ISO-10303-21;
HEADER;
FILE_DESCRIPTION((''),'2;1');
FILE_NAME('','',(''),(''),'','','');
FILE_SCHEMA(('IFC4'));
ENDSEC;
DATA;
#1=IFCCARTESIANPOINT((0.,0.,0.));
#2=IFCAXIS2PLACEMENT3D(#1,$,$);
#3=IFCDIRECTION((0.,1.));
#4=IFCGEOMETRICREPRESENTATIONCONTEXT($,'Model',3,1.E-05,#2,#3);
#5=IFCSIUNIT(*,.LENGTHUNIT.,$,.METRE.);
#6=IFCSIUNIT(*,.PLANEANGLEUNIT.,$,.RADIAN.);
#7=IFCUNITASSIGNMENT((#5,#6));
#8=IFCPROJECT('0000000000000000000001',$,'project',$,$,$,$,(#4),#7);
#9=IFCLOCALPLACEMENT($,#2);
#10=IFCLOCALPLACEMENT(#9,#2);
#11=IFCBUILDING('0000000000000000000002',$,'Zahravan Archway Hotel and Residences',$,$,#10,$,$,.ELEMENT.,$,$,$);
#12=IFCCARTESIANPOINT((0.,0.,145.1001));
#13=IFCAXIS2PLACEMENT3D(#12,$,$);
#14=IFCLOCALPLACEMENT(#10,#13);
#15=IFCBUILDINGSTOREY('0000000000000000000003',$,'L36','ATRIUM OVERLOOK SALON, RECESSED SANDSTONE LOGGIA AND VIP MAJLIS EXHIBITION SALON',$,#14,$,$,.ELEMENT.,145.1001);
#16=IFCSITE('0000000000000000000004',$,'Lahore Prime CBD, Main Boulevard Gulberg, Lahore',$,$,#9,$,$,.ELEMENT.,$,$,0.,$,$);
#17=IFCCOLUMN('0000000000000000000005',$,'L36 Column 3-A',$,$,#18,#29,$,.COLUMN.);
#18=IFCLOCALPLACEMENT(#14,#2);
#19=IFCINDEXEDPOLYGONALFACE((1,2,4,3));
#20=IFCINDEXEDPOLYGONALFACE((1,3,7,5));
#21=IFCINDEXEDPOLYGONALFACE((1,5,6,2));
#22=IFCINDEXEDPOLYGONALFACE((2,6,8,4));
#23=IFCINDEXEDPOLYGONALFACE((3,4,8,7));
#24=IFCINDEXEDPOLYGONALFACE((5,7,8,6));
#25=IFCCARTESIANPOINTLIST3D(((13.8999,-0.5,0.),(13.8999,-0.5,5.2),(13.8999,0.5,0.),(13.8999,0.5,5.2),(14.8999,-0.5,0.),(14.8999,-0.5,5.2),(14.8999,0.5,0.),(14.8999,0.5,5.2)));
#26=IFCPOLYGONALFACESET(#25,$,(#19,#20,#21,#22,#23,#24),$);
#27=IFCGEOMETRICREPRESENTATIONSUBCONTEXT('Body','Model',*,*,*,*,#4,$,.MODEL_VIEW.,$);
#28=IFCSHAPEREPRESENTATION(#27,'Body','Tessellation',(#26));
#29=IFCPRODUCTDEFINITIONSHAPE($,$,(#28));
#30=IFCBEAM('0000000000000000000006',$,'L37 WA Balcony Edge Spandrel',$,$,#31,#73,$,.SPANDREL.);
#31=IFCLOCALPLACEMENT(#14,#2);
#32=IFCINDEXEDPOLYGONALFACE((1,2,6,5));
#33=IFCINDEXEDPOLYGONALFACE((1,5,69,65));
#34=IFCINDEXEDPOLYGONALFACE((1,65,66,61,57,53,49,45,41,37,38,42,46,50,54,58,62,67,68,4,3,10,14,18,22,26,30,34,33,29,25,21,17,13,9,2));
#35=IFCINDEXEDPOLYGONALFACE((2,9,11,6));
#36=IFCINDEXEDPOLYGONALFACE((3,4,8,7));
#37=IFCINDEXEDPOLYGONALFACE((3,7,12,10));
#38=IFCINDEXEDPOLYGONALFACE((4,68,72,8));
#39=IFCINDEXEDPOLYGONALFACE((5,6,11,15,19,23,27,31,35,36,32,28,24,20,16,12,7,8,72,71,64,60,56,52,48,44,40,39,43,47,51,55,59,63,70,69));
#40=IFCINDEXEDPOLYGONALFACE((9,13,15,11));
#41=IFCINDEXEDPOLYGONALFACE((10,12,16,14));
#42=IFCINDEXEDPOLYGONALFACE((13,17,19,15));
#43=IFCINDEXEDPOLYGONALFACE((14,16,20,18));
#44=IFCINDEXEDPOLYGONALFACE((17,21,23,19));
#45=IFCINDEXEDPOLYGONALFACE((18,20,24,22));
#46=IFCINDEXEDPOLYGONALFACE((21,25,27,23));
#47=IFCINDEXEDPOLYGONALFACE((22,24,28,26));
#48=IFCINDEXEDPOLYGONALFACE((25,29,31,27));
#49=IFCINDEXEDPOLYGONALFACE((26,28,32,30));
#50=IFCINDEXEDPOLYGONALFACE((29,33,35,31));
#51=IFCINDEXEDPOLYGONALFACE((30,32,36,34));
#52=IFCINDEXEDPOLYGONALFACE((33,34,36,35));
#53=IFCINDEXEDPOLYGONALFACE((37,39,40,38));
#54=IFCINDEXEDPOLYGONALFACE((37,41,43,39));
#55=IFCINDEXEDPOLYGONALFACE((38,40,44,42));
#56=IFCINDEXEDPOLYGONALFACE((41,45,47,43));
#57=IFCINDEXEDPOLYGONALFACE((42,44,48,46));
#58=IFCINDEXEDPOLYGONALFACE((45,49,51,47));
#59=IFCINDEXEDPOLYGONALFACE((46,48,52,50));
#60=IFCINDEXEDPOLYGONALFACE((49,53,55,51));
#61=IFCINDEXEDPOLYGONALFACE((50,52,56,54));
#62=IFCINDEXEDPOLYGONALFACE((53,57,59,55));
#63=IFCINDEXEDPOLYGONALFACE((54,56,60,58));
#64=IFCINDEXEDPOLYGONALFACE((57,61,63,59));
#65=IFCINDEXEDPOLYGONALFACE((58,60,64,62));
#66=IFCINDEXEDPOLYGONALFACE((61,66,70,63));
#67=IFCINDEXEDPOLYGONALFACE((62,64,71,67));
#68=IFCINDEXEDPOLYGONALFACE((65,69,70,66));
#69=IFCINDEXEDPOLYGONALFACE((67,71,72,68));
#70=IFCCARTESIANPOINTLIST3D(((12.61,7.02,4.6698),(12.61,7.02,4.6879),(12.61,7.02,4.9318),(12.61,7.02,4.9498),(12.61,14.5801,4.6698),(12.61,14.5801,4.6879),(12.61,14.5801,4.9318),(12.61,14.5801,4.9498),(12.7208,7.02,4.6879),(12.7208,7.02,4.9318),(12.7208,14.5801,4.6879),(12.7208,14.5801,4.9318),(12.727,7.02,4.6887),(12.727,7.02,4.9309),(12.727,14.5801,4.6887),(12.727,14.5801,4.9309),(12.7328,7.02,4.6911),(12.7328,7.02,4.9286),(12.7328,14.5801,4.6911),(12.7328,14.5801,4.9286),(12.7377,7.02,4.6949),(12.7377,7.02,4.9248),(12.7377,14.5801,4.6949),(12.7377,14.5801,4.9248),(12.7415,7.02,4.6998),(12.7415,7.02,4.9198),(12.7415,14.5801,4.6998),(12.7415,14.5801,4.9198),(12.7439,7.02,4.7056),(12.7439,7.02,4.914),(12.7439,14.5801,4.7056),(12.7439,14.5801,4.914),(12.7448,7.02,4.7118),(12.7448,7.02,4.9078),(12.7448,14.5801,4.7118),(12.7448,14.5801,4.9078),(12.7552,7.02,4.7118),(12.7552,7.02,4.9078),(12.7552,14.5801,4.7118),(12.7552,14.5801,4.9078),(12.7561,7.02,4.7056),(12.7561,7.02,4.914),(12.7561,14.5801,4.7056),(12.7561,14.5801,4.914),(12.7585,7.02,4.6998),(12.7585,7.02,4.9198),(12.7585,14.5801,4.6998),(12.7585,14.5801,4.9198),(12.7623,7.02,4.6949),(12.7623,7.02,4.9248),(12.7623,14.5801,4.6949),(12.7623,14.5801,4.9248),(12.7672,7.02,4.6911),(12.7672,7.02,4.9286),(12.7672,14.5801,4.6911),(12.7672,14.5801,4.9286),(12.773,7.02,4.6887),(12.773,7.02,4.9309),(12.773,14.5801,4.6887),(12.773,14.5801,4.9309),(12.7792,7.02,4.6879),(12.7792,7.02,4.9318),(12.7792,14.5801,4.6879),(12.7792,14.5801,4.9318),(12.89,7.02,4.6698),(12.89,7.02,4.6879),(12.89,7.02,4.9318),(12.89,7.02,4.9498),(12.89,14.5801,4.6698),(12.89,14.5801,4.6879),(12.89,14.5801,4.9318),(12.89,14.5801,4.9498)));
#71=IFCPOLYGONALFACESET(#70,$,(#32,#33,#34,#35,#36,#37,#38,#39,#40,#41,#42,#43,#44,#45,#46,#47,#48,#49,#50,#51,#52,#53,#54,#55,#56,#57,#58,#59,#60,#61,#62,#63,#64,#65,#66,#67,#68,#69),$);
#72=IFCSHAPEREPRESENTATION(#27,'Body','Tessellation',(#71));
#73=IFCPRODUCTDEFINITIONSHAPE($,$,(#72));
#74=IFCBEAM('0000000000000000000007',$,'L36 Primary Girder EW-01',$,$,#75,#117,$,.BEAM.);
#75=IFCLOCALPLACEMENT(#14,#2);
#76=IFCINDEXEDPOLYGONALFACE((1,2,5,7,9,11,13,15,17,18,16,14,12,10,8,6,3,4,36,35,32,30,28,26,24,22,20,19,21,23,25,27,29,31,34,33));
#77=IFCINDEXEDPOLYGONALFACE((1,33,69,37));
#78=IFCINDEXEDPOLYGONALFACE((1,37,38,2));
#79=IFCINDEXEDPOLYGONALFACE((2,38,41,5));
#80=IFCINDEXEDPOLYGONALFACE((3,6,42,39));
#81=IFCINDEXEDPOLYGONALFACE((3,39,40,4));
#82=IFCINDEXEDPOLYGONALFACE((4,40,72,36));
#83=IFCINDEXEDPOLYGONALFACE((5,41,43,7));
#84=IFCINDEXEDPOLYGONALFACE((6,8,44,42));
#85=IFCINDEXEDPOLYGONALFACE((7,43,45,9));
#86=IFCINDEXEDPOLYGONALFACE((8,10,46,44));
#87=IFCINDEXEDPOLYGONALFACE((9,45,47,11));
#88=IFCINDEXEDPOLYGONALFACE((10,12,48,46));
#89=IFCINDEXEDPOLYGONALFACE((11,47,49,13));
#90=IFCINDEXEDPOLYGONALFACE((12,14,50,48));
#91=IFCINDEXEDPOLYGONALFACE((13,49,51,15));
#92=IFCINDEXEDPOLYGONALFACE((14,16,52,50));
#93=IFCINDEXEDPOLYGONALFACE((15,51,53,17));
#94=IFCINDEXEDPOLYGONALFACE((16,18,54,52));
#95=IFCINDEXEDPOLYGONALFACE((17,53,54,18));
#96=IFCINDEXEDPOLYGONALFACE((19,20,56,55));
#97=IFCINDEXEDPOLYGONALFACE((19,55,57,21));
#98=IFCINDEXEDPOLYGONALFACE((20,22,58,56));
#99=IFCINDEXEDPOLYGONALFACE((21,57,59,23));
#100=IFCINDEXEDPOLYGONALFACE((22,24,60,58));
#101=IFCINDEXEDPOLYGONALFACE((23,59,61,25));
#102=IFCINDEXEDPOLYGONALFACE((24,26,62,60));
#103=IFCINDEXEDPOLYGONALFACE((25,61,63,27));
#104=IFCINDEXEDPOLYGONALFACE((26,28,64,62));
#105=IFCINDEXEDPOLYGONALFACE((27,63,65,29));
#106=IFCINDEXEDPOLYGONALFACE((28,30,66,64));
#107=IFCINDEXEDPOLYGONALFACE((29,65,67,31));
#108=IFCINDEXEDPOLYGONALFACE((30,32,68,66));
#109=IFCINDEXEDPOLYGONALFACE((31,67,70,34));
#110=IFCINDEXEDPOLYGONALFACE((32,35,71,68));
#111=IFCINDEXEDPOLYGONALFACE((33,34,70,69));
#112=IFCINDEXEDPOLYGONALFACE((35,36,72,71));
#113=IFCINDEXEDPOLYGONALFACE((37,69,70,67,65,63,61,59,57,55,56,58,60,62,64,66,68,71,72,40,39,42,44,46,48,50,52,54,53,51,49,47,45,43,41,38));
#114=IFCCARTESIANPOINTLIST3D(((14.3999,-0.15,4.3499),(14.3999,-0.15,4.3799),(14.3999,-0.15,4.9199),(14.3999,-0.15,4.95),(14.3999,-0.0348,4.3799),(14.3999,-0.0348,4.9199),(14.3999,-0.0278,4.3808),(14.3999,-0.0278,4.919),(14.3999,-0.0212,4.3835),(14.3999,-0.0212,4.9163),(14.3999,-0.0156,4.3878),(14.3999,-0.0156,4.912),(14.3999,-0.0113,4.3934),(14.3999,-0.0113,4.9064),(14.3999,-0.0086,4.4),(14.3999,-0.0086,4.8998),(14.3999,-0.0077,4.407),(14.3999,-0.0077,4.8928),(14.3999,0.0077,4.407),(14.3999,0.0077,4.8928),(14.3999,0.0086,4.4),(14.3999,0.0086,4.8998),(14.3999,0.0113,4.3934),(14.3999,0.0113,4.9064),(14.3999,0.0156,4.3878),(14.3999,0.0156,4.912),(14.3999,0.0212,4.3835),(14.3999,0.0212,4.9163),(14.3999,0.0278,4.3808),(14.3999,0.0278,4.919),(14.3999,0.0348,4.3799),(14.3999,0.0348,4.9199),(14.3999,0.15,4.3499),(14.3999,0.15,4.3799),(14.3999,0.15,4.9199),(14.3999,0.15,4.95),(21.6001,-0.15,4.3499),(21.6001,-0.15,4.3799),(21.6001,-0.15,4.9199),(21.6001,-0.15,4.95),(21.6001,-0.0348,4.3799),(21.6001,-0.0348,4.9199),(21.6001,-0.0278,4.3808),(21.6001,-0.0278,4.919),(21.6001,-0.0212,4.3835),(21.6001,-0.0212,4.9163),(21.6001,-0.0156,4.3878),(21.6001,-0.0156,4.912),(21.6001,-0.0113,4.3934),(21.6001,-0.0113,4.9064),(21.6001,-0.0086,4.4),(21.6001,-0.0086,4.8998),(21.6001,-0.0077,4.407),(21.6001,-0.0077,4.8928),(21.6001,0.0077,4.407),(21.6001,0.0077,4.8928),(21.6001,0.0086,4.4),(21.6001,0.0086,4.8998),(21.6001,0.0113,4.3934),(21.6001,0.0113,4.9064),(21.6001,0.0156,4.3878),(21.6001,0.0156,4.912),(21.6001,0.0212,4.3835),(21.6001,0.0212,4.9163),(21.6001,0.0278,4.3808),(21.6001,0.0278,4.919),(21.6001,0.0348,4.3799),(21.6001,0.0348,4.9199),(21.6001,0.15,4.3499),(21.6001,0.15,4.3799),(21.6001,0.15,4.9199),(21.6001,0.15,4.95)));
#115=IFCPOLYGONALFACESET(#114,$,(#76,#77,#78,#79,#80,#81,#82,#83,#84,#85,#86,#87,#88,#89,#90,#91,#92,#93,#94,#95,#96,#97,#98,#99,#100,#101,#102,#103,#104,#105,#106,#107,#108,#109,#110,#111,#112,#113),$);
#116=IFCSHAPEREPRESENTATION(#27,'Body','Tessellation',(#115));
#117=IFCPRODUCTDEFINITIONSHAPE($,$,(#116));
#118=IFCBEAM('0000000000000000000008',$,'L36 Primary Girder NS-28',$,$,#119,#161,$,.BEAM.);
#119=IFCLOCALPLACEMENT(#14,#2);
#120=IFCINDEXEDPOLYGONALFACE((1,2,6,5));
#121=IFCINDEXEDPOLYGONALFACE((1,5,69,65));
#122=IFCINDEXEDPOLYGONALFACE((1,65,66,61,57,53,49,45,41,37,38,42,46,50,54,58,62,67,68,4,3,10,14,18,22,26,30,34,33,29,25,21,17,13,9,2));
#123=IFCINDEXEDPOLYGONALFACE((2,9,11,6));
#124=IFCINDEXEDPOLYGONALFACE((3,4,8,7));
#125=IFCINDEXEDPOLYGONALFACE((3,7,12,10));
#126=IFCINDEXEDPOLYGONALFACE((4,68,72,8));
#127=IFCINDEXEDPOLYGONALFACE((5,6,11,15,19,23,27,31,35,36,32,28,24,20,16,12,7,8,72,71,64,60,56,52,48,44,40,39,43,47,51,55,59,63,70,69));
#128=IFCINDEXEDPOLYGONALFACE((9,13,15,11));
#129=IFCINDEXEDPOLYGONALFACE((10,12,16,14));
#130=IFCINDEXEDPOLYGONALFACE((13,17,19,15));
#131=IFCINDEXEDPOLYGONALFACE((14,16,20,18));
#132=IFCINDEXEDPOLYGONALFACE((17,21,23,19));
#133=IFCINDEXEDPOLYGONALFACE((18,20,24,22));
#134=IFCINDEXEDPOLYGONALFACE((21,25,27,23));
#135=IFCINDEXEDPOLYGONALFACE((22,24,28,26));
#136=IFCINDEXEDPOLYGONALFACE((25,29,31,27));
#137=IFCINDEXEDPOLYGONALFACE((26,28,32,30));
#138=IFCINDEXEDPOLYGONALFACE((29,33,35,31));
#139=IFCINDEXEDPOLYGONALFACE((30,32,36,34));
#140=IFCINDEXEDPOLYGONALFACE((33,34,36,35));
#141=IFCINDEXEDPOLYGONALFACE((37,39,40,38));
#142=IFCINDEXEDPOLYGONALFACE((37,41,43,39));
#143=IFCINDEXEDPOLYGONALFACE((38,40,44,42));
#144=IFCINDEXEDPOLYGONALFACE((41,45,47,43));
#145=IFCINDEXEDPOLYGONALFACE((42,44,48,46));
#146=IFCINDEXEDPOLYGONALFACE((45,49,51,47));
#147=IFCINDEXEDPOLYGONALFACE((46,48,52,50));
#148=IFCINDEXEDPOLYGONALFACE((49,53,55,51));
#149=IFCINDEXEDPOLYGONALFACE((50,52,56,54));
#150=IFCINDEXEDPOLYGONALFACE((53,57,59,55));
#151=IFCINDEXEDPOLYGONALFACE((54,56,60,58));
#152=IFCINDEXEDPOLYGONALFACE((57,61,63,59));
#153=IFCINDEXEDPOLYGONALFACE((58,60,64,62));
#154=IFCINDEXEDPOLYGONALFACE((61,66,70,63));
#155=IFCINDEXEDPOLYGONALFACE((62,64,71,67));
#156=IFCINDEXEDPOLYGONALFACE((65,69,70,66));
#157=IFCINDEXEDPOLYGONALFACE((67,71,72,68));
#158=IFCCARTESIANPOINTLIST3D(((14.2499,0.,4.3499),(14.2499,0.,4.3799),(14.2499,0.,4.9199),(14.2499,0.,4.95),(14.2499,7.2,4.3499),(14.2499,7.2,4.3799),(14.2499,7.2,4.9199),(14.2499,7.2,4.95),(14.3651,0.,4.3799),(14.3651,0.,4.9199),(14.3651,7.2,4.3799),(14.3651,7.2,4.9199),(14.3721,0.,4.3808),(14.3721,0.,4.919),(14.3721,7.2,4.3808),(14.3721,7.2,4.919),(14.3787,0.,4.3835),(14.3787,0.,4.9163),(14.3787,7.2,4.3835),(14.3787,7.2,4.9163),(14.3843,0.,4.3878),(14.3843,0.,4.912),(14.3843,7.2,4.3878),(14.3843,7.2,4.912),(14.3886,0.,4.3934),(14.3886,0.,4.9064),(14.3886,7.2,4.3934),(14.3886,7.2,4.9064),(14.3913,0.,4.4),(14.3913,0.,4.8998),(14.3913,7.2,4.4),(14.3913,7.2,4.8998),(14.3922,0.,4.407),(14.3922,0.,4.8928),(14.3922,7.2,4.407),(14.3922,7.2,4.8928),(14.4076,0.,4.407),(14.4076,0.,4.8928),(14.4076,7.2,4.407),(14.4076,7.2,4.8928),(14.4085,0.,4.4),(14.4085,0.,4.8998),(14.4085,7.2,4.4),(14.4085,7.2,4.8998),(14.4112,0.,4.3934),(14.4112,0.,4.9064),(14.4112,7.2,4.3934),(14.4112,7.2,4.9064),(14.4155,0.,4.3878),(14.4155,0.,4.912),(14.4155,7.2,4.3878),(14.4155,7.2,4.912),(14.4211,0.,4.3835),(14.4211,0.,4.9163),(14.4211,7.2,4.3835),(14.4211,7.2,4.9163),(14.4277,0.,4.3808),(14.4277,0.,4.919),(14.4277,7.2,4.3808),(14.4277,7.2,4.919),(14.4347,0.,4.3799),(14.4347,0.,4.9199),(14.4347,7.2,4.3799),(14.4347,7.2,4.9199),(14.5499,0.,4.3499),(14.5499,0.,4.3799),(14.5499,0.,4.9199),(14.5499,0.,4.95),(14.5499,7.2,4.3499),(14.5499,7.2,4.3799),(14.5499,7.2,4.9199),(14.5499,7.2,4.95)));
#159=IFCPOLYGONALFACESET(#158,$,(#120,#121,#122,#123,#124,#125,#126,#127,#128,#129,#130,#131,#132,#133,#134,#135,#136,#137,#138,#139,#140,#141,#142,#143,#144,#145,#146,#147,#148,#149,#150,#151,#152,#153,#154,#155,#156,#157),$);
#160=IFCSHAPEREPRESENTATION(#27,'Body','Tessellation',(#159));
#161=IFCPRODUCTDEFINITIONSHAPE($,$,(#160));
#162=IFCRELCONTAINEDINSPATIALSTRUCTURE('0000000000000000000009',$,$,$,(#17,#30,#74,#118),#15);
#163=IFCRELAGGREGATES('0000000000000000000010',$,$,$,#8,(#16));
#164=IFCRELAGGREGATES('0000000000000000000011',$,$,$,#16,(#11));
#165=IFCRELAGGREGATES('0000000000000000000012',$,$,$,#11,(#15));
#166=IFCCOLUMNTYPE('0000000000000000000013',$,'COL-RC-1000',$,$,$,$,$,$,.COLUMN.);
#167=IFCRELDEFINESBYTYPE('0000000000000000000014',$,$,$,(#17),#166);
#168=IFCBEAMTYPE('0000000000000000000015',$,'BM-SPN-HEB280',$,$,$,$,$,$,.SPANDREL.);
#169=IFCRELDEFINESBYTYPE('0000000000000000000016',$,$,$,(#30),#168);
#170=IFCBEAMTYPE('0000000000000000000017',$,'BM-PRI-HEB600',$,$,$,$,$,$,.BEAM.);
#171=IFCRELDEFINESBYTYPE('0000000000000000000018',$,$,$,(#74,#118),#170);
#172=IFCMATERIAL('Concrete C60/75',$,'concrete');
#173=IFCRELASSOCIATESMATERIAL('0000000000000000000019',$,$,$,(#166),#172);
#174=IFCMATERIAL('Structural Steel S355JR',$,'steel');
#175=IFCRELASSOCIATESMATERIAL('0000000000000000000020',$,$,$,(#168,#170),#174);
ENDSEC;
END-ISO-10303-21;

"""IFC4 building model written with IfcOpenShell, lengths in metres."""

from ifc_helpers import new_model, si_unit, direction, frame, origin, origin_2d, place, context, subcontext, project, spatial, rectangle, i_section, extrude, source, transform, mapped, material, material_profile, profile_set, type_object, type_shapes, element, save


model = new_model("IFC4")

# Units and contexts
model_context = context("Model", 3, precision=1e-05, world=origin(), true_north=direction((0.0, 1.0)))
body_context = subcontext(model_context, "Body", "Model", "MODEL_VIEW")
ifc_project = project(units=[si_unit("LENGTHUNIT", "METRE"), si_unit("PLANEANGLEUNIT", "RADIAN")], contexts=[model_context])

# Site, building, storey
site_placement = place(None, origin())
site = spatial("IfcSite", under=ifc_project, at=site_placement, Name="Lahore Prime CBD, Main Boulevard Gulberg, Lahore", CompositionType="ELEMENT", RefElevation=0.0)
building_placement = place(site_placement, origin())
building = spatial("IfcBuilding", under=site, at=building_placement, Name="Zahravan Archway Hotel and Residences", CompositionType="ELEMENT")
storey_placement = place(building_placement, frame((0.0, 0.0, 145.1001)))
storey = spatial("IfcBuildingStorey", under=building, at=storey_placement, Name="L36", Description="ATRIUM OVERLOOK SALON, RECESSED SANDSTONE LOGGIA AND VIP MAJLIS EXHIBITION SALON", CompositionType="ELEMENT", Elevation=145.1001)

# Column
ifc_material_1 = material(Name="Concrete C60/75", Category="concrete")
ifc_material_profile_1 = material_profile(ifc_material_1, rectangle(XDim=1.0, YDim=1.0, at=origin_2d()), Name="RC-COL-1000x1000", Category="concrete")
ifc_profile_set_1 = profile_set([ifc_material_profile_1], Name="Concrete C60/75")
column_type = type_object("IfcColumnType", Name="COL-RC-1000", PredefinedType="COLUMN", material=ifc_profile_set_1)
shared_shape_1 = source(origin(), body_context, "Body", "SweptSolid", [
    extrude(rectangle(XDim=1.0, YDim=1.0, at=origin_2d()), origin(), (0.0, 0.0, 1.0), 5.2),
])
column_placement = place(storey_placement, frame((14.3999, 0.0, 0.0), z_axis=(0.0, 0.0, 1.0), x_axis=(1.0, 0.0, 0.0)))
element("IfcColumn", 1, at=column_placement, inside=storey, type_object=column_type, Name="L36 Column 3-A", PredefinedType="COLUMN", context=body_context, shape_type="MappedRepresentation", body=[
    mapped(shared_shape_1, transform((0.0, 0.0, 0.0), scale=1.0)),
])

# Beams
ifc_material_2 = material(Name="Structural Steel S355JR", Category="steel")
ifc_material_profile_2 = material_profile(ifc_material_2, i_section(OverallWidth=0.28, OverallDepth=0.28, WebThickness=0.0105, FlangeThickness=0.0181, FilletRadius=0.0239, at=origin_2d()), Name="HEB 280", Category="steel")
ifc_profile_set_2 = profile_set([ifc_material_profile_2], Name="Structural Steel S355JR")
beam_type_1 = type_object("IfcBeamType", Name="BM-SPN-HEB280", PredefinedType="SPANDREL", material=ifc_profile_set_2)
shared_shape_2 = source(origin(), body_context, "Body", "SweptSolid", [
    extrude(i_section(OverallWidth=0.28, OverallDepth=0.28, WebThickness=0.0105, FlangeThickness=0.0181, FilletRadius=0.0239, at=origin_2d()), origin(), (0.0, 0.0, 1.0), 7.5601),
])
type_shapes(beam_type_1, [shared_shape_2])
beam_1_placement = place(storey_placement, frame((12.75, 7.02, 4.8098), z_axis=(0.0, 1.0, 0.0), x_axis=(-1.0, 0.0, 0.0)))
element("IfcBeam", 2, at=beam_1_placement, inside=storey, type_object=beam_type_1, Name="L37 WA Balcony Edge Spandrel", PredefinedType="SPANDREL", context=body_context, shape_type="MappedRepresentation", body=[
    mapped(shared_shape_2, transform((0.0, 0.0, 0.0), scale=1.0)),
])
ifc_material_profile_3 = material_profile(ifc_material_2, i_section(OverallWidth=0.3, OverallDepth=0.6001, WebThickness=0.0154, FlangeThickness=0.03, FilletRadius=0.0271, at=origin_2d()), Name="HEB 600", Category="steel")
ifc_profile_set_3 = profile_set([ifc_material_profile_3], Name="Structural Steel S355JR")
beam_type_2 = type_object("IfcBeamType", Name="BM-PRI-HEB600", PredefinedType="BEAM", material=ifc_profile_set_3)
shared_shape_3 = source(origin(), body_context, "Body", "SweptSolid", [
    extrude(i_section(OverallWidth=0.3, OverallDepth=0.6001, WebThickness=0.0154, FlangeThickness=0.03, FilletRadius=0.0271, at=origin_2d()), origin(), (0.0, 0.0, 1.0), 7.2002),
])
type_shapes(beam_type_2, [shared_shape_3])
beam_2_placement = place(storey_placement, frame((14.3999, 0.0, 4.6499), z_axis=(1.0, 0.0, 0.0), x_axis=(0.0, 1.0, 0.0)))
element("IfcBeam", 3, at=beam_2_placement, inside=storey, type_object=beam_type_2, Name="L36 Primary Girder EW-01", PredefinedType="BEAM", context=body_context, shape_type="MappedRepresentation", body=[
    mapped(shared_shape_3, transform((0.0, 0.0, 0.0), scale=1.0)),
])
shared_shape_4 = source(origin(), body_context, "Body", "SweptSolid", [
    extrude(i_section(OverallWidth=0.3, OverallDepth=0.6001, WebThickness=0.0154, FlangeThickness=0.03, FilletRadius=0.0271, at=origin_2d()), origin(), (0.0, 0.0, 1.0), 7.2),
])
beam_3_placement = place(storey_placement, frame((14.3999, 0.0, 4.6499), z_axis=(0.0, 1.0, 0.0), x_axis=(-1.0, 0.0, 0.0)))
element("IfcBeam", 4, at=beam_3_placement, inside=storey, type_object=beam_type_2, Name="L36 Primary Girder NS-28", PredefinedType="BEAM", context=body_context, shape_type="MappedRepresentation", body=[
    mapped(shared_shape_4, transform((0.0, 0.0, 0.0), scale=1.0)),
])

save(model, "model.ifc")
